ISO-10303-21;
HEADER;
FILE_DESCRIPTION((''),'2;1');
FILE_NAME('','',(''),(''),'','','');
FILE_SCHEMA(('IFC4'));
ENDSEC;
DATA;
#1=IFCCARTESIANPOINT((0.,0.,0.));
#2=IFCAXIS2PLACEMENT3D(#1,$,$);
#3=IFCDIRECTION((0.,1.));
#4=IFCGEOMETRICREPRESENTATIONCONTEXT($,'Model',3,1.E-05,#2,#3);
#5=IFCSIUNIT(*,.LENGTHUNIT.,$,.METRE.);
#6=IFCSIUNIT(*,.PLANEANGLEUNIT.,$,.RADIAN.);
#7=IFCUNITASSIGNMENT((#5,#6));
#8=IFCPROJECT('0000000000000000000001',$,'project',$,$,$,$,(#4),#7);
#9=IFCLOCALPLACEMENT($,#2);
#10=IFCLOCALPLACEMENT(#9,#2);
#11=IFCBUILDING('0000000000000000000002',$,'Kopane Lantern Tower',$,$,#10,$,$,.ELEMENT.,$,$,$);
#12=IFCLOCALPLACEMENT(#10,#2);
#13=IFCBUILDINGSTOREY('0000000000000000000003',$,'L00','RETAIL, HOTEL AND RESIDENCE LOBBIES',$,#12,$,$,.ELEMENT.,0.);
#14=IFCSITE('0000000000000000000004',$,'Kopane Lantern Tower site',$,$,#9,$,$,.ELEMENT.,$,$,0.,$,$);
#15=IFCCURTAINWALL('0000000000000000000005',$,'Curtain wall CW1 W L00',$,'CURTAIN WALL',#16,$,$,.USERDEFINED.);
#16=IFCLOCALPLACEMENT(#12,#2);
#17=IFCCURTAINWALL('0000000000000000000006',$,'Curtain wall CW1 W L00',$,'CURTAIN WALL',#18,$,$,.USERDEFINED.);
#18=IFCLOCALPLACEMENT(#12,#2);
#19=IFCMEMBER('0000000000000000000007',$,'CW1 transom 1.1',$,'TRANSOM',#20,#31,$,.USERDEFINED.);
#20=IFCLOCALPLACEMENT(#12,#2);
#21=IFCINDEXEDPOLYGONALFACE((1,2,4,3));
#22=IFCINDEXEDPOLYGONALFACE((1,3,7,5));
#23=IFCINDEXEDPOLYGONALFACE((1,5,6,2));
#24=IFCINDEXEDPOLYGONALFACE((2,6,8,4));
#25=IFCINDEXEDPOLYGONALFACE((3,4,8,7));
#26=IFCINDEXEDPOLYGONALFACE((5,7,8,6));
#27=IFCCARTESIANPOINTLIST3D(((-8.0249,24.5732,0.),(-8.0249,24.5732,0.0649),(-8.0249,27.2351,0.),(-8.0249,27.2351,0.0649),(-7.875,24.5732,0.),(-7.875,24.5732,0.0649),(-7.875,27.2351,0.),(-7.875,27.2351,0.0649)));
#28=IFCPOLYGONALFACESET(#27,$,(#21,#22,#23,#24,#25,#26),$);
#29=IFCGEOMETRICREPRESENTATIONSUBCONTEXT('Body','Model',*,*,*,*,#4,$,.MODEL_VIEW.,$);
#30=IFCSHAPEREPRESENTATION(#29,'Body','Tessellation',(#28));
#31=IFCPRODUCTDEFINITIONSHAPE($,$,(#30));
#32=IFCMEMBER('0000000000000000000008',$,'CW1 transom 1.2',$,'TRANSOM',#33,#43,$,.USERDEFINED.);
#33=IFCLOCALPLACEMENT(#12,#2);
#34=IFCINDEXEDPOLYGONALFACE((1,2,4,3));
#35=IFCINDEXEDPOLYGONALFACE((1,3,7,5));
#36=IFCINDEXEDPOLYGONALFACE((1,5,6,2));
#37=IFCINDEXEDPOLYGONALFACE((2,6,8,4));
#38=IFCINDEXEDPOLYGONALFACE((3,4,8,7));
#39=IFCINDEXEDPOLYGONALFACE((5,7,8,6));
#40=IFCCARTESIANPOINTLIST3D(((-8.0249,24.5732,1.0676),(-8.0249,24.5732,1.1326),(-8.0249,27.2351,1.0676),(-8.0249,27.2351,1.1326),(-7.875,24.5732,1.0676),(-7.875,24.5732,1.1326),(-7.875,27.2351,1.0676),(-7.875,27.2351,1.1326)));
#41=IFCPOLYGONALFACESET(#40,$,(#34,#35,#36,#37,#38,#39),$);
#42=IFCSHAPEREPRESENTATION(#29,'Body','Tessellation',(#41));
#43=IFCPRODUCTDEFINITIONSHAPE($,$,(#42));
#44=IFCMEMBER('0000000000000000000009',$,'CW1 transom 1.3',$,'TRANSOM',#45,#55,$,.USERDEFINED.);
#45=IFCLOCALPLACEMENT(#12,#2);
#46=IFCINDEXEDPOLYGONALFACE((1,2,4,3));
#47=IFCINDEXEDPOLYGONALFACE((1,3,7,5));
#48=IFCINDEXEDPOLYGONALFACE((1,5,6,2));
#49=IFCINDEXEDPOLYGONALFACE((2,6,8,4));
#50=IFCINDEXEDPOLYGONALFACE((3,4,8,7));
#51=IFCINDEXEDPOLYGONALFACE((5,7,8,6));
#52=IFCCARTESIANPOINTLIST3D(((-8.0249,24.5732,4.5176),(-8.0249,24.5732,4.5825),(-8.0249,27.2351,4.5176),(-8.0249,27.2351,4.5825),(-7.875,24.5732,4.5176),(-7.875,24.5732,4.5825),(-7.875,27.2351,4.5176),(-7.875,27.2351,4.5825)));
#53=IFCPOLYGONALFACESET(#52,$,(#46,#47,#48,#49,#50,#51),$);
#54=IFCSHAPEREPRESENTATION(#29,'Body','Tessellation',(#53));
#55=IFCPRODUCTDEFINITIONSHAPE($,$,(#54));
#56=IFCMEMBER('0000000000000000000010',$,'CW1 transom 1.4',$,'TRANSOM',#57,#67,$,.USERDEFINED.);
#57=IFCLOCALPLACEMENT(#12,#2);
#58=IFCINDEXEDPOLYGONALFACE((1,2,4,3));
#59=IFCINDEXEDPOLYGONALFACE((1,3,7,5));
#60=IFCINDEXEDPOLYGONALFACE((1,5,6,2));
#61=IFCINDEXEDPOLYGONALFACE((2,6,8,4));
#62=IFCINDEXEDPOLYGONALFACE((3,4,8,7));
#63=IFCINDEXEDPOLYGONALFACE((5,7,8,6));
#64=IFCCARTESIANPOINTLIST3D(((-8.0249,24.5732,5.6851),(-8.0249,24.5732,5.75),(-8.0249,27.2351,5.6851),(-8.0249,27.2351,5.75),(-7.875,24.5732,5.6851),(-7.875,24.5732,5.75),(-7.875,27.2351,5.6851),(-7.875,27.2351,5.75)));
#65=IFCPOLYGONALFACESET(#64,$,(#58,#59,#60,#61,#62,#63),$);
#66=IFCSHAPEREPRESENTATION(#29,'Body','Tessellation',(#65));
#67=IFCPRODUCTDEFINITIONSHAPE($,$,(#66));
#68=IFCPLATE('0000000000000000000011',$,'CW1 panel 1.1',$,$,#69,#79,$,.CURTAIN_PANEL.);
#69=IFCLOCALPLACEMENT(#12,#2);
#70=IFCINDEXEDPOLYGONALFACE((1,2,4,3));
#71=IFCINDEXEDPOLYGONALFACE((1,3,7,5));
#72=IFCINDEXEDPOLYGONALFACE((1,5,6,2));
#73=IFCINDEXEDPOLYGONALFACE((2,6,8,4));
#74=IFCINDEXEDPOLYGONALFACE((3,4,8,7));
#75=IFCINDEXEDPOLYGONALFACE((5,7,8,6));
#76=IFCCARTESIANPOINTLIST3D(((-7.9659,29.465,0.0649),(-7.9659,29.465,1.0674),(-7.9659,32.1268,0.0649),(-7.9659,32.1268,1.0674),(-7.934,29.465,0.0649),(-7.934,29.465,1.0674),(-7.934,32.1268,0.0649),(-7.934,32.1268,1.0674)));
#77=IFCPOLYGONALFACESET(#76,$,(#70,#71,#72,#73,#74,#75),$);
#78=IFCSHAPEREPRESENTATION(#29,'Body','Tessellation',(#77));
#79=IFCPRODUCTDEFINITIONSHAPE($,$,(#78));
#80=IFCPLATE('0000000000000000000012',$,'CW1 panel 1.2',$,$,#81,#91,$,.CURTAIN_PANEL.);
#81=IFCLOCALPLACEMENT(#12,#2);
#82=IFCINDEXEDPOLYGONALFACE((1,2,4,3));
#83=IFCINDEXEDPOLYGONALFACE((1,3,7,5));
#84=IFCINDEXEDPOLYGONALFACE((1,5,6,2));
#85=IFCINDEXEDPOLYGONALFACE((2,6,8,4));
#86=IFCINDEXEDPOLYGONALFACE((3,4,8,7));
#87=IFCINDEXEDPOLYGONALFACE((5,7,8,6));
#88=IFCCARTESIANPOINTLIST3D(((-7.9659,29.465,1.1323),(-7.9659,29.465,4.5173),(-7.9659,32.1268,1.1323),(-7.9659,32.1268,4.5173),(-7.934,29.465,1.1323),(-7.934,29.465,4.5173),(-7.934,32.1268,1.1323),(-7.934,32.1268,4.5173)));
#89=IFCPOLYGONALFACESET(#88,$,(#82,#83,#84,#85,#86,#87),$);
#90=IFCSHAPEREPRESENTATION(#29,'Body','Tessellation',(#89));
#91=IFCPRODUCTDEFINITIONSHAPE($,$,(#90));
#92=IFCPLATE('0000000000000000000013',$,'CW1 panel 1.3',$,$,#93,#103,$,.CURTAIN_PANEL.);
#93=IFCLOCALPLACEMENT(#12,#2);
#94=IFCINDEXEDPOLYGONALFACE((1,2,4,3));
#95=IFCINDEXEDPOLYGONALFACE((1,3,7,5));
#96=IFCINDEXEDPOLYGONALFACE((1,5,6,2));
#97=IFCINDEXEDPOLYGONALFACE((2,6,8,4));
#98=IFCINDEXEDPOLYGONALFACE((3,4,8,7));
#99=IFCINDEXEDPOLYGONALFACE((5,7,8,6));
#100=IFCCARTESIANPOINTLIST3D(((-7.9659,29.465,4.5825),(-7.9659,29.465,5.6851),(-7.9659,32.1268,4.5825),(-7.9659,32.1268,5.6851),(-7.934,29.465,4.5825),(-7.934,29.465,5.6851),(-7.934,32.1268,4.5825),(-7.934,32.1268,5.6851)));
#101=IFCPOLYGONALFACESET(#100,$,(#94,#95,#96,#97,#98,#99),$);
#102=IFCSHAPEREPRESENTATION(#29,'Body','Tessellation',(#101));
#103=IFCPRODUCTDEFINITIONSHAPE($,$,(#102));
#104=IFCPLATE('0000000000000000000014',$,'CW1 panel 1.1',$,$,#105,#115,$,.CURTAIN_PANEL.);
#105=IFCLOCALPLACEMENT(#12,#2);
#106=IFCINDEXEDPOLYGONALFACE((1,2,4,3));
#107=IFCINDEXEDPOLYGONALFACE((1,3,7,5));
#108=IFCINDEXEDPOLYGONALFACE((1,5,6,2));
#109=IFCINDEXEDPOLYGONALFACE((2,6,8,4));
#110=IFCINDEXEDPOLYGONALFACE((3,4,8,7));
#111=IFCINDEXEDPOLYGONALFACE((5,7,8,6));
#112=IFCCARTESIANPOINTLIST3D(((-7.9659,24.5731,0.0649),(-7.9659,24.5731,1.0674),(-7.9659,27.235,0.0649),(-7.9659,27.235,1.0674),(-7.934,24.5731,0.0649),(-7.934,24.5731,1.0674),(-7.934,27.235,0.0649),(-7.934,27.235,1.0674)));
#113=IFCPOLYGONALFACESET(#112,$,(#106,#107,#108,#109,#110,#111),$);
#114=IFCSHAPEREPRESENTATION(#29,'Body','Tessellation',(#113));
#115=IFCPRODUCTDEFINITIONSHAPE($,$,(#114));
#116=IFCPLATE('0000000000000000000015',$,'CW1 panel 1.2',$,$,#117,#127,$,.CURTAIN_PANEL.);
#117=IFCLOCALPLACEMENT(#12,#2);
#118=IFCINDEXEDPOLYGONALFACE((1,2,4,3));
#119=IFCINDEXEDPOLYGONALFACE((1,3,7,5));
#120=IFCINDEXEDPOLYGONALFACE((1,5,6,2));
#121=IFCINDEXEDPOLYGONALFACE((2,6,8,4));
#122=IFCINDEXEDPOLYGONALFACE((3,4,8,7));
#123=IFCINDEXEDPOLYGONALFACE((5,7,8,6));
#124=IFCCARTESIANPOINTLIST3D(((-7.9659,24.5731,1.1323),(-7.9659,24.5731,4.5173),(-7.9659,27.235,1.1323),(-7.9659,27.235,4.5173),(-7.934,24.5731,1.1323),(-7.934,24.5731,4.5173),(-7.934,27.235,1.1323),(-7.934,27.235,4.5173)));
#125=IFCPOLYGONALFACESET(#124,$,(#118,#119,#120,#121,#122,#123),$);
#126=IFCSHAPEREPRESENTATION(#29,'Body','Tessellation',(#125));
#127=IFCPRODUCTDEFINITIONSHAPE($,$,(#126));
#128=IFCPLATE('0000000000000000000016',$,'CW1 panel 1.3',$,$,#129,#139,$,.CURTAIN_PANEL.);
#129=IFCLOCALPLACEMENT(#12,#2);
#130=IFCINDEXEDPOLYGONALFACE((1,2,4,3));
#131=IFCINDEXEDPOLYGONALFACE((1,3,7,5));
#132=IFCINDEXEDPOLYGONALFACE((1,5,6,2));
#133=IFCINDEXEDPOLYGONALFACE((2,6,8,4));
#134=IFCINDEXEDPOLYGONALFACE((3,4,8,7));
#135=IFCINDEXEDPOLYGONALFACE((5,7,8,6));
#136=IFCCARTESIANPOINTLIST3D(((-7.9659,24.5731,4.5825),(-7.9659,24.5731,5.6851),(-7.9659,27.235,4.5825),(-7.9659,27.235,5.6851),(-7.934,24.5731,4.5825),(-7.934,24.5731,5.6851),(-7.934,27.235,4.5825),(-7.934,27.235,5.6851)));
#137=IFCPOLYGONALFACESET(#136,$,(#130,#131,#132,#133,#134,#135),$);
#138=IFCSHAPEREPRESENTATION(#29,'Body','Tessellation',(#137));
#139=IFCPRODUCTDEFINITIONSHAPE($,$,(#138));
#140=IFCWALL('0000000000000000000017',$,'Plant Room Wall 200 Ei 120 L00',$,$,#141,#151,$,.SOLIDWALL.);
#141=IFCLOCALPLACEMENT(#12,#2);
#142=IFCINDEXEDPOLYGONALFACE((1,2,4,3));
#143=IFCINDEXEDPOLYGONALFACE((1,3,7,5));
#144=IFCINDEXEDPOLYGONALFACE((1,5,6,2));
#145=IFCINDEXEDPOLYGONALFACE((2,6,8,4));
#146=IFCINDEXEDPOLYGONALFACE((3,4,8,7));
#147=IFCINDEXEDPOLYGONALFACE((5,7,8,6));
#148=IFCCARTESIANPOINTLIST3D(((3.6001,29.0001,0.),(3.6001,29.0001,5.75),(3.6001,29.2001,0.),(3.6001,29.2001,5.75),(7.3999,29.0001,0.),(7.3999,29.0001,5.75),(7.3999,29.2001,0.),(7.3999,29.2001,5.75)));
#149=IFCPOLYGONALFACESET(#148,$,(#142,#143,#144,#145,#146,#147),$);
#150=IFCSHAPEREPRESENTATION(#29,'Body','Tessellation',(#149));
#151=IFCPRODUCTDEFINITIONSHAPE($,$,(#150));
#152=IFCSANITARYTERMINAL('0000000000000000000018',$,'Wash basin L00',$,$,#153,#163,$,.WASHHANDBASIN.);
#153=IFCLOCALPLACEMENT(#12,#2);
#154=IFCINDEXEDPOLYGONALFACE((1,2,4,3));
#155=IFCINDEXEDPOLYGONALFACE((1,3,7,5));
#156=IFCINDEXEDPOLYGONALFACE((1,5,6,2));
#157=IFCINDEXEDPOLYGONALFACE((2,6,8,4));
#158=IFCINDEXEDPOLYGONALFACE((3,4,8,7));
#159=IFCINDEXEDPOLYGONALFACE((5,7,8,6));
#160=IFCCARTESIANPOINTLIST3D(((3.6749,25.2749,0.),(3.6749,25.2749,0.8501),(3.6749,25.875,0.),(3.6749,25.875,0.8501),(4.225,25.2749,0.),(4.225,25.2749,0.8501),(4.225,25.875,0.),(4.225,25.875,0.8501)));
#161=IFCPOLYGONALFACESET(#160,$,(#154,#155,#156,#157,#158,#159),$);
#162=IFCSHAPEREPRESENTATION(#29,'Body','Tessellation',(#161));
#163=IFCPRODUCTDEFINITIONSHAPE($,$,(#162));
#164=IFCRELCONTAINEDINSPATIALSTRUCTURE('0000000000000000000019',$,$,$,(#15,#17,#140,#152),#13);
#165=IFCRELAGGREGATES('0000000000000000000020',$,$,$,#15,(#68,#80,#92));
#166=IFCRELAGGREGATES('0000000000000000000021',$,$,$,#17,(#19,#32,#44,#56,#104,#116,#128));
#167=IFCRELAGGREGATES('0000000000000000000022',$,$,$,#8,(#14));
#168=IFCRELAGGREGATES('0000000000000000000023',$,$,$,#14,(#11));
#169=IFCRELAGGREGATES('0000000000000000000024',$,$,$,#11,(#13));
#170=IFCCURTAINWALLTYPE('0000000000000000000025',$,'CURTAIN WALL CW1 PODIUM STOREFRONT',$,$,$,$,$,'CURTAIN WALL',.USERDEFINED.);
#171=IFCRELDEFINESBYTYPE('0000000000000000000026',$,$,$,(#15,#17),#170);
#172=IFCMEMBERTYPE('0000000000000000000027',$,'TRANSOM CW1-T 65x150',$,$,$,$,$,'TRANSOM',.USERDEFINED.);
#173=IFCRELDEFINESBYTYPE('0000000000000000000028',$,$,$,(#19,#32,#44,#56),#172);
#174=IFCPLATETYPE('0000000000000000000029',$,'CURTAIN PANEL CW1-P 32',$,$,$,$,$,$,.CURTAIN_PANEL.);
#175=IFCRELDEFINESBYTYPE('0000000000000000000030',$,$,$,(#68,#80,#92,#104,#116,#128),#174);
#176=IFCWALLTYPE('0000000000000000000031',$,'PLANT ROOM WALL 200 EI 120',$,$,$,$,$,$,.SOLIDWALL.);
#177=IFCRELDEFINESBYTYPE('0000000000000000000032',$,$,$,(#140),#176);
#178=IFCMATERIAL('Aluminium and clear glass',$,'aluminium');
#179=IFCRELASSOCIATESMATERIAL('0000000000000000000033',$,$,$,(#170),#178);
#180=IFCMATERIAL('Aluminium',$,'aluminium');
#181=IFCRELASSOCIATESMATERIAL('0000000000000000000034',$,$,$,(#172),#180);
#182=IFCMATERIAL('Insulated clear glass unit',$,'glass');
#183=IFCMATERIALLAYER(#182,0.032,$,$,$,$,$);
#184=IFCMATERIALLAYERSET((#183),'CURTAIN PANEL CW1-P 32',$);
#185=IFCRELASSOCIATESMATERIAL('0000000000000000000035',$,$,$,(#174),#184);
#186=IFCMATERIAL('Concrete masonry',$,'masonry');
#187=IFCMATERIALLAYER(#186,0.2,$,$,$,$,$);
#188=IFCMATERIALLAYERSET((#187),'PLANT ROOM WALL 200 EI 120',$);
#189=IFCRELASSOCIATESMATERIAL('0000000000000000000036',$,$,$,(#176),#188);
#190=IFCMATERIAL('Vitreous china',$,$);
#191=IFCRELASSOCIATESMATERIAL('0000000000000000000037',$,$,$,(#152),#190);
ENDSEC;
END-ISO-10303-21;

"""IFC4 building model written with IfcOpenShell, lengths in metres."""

from ifc_helpers import new_model, si_unit, direction, frame, frame_2d, origin, origin_2d, place, context, subcontext, project, spatial, rectangle, extrude, material, layer, layer_set, material_profile, profile_set, type_object, element, aggregate, save


model = new_model("IFC4")

# Units and contexts
model_context = context("Model", 3, precision=1e-05, world=origin(), true_north=direction((0.0, 1.0)))
body_context = subcontext(model_context, "Body", "Model", "MODEL_VIEW")
ifc_project = project(units=[si_unit("LENGTHUNIT", "METRE"), si_unit("PLANEANGLEUNIT", "RADIAN")], contexts=[model_context])

# Site, building, storey
site_placement = place(None, origin())
site = spatial("IfcSite", under=ifc_project, at=site_placement, Name="Kopane Lantern Tower site", CompositionType="ELEMENT", RefElevation=0.0)
building_placement = place(site_placement, origin())
building = spatial("IfcBuilding", under=site, at=building_placement, Name="Kopane Lantern Tower", CompositionType="ELEMENT")
storey_placement = place(building_placement, origin())
storey = spatial("IfcBuildingStorey", under=building, at=storey_placement, Name="L00", Description="RETAIL, HOTEL AND RESIDENCE LOBBIES", CompositionType="ELEMENT", Elevation=0.0)

# Curtain wall
ifc_material_1 = material(Name="Aluminium and clear glass", Category="aluminium")
curtain_wall_type = type_object("IfcCurtainWallType", Name="CURTAIN WALL CW1 PODIUM STOREFRONT", ElementType="CURTAIN WALL", PredefinedType="USERDEFINED", material=ifc_material_1)
curtain_wall_1_placement = place(storey_placement, origin())
curtain_wall_1 = element("IfcCurtainWall", 1, at=curtain_wall_1_placement, inside=storey, type_object=curtain_wall_type, Name="Curtain wall CW1 W L00", ObjectType="CURTAIN WALL", PredefinedType="USERDEFINED")

# Curtain wall
curtain_wall_2_placement = place(storey_placement, origin())
curtain_wall_2 = element("IfcCurtainWall", 2, at=curtain_wall_2_placement, inside=storey, type_object=curtain_wall_type, Name="Curtain wall CW1 W L00", ObjectType="CURTAIN WALL", PredefinedType="USERDEFINED")

# Members
ifc_material_2 = material(Name="Aluminium", Category="aluminium")
ifc_material_profile_1 = material_profile(ifc_material_2, rectangle(XDim=0.1499, YDim=0.0649, at=origin_2d()), Name="AL 150x65")
ifc_profile_set_1 = profile_set([ifc_material_profile_1], Name="Aluminium")
member_type_1 = type_object("IfcMemberType", Name="TRANSOM CW1-T 65x150", ElementType="TRANSOM", PredefinedType="USERDEFINED", material=ifc_profile_set_1)
member_1_placement = place(storey_placement, frame((-7.95, 27.2351, 0.0325), z_axis=(0.0, -1.0, 0.0), x_axis=(1.0, 0.0, 0.0)))
member_1 = element("IfcMember", 3, at=member_1_placement, type_object=member_type_1, Name="CW1 transom 1.1", ObjectType="TRANSOM", PredefinedType="USERDEFINED", context=body_context, shape_type="SweptSolid", body=[
    extrude(rectangle(XDim=0.1499, YDim=0.0649, at=origin_2d()), origin(), (0.0, 0.0, 1.0), 2.6619),
])
member_2_placement = place(storey_placement, frame((-7.95, 27.2351, 1.1001), z_axis=(0.0, -1.0, 0.0), x_axis=(1.0, 0.0, 0.0)))
member_2 = element("IfcMember", 4, at=member_2_placement, type_object=member_type_1, Name="CW1 transom 1.2", ObjectType="TRANSOM", PredefinedType="USERDEFINED", context=body_context, shape_type="SweptSolid", body=[
    extrude(rectangle(XDim=0.1499, YDim=0.0649, at=origin_2d()), origin(), (0.0, 0.0, 1.0), 2.6619),
])
member_3_placement = place(storey_placement, frame((-7.95, 27.2351, 4.55), z_axis=(0.0, -1.0, 0.0), x_axis=(1.0, 0.0, 0.0)))
member_3 = element("IfcMember", 5, at=member_3_placement, type_object=member_type_1, Name="CW1 transom 1.3", ObjectType="TRANSOM", PredefinedType="USERDEFINED", context=body_context, shape_type="SweptSolid", body=[
    extrude(rectangle(XDim=0.1499, YDim=0.0649, at=origin_2d()), origin(), (0.0, 0.0, 1.0), 2.6619),
])
member_4_placement = place(storey_placement, frame((-7.95, 27.2351, 5.7175), z_axis=(0.0, -1.0, 0.0), x_axis=(1.0, 0.0, 0.0)))
member_4 = element("IfcMember", 6, at=member_4_placement, type_object=member_type_1, Name="CW1 transom 1.4", ObjectType="TRANSOM", PredefinedType="USERDEFINED", context=body_context, shape_type="SweptSolid", body=[
    extrude(rectangle(XDim=0.1499, YDim=0.0649, at=origin_2d()), origin(), (0.0, 0.0, 1.0), 2.6619),
])

# Plates
ifc_material_3 = material(Name="Insulated clear glass unit", Category="glass")
ifc_layer_1 = layer(ifc_material_3, 0.032)
ifc_layer_set_1 = layer_set([ifc_layer_1], Name="CURTAIN PANEL CW1-P 32")
plate_type = type_object("IfcPlateType", Name="CURTAIN PANEL CW1-P 32", PredefinedType="CURTAIN_PANEL", material=ifc_layer_set_1)
plate_1_placement = place(storey_placement, frame((-7.95, 30.7959, 0.0649), z_axis=(0.0, 0.0, 1.0), x_axis=(0.0, -1.0, 0.0)))
plate_1 = element("IfcPlate", 7, at=plate_1_placement, type_object=plate_type, Name="CW1 panel 1.1", PredefinedType="CURTAIN_PANEL", context=body_context, shape_type="SweptSolid", body=[
    extrude(rectangle(XDim=2.6619, YDim=0.032, at=origin_2d()), origin(), (0.0, 0.0, 1.0), 1.0024),
])
plate_2_placement = place(storey_placement, frame((-7.95, 30.7959, 1.1323), z_axis=(0.0, 0.0, 1.0), x_axis=(0.0, -1.0, 0.0)))
plate_2 = element("IfcPlate", 8, at=plate_2_placement, type_object=plate_type, Name="CW1 panel 1.2", PredefinedType="CURTAIN_PANEL", context=body_context, shape_type="SweptSolid", body=[
    extrude(rectangle(XDim=2.6619, YDim=0.032, at=origin_2d()), origin(), (0.0, 0.0, 1.0), 3.385),
])
plate_3_placement = place(storey_placement, frame((-7.95, 30.7959, 4.5825), z_axis=(0.0, 0.0, 1.0), x_axis=(0.0, -1.0, 0.0)))
plate_3 = element("IfcPlate", 9, at=plate_3_placement, type_object=plate_type, Name="CW1 panel 1.3", PredefinedType="CURTAIN_PANEL", context=body_context, shape_type="SweptSolid", body=[
    extrude(rectangle(XDim=2.6619, YDim=0.032, at=origin_2d()), origin(), (0.0, 0.0, 1.0), 1.1025),
])
aggregate(curtain_wall_1, [plate_1, plate_2, plate_3])
plate_4_placement = place(storey_placement, frame((-7.95, 25.9041, 0.0649), z_axis=(0.0, 0.0, 1.0), x_axis=(0.0, -1.0, 0.0)))
plate_4 = element("IfcPlate", 10, at=plate_4_placement, type_object=plate_type, Name="CW1 panel 1.1", PredefinedType="CURTAIN_PANEL", context=body_context, shape_type="SweptSolid", body=[
    extrude(rectangle(XDim=2.6619, YDim=0.032, at=origin_2d()), origin(), (0.0, 0.0, 1.0), 1.0024),
])
plate_5_placement = place(storey_placement, frame((-7.95, 25.9041, 1.1323), z_axis=(0.0, 0.0, 1.0), x_axis=(0.0, -1.0, 0.0)))
plate_5 = element("IfcPlate", 11, at=plate_5_placement, type_object=plate_type, Name="CW1 panel 1.2", PredefinedType="CURTAIN_PANEL", context=body_context, shape_type="SweptSolid", body=[
    extrude(rectangle(XDim=2.6619, YDim=0.032, at=origin_2d()), origin(), (0.0, 0.0, 1.0), 3.385),
])
plate_6_placement = place(storey_placement, frame((-7.95, 25.9041, 4.5825), z_axis=(0.0, 0.0, 1.0), x_axis=(0.0, -1.0, 0.0)))
plate_6 = element("IfcPlate", 12, at=plate_6_placement, type_object=plate_type, Name="CW1 panel 1.3", PredefinedType="CURTAIN_PANEL", context=body_context, shape_type="SweptSolid", body=[
    extrude(rectangle(XDim=2.6619, YDim=0.032, at=origin_2d()), origin(), (0.0, 0.0, 1.0), 1.1025),
])
aggregate(curtain_wall_2, [member_1, member_2, member_3, member_4, plate_4, plate_5, plate_6])

# Wall
ifc_material_4 = material(Name="Concrete masonry", Category="masonry")
ifc_layer_2 = layer(ifc_material_4, 0.2)
ifc_layer_set_2 = layer_set([ifc_layer_2], Name="PLANT ROOM WALL 200 EI 120")
wall_type_1 = type_object("IfcWallType", Name="PLANT ROOM WALL 200 EI 120", PredefinedType="SOLIDWALL", material=ifc_layer_set_2)
wall_1_placement = place(storey_placement, frame((3.6001, 29.1001, 0.0), z_axis=(0.0, 0.0, 1.0), x_axis=(1.0, 0.0, 0.0)))
element("IfcWall", 13, at=wall_1_placement, inside=storey, type_object=wall_type_1, Name="Plant Room Wall 200 Ei 120 L00", PredefinedType="SOLIDWALL", context=body_context, shape_type="SweptSolid", body=[
    extrude(rectangle(XDim=3.7998, YDim=0.2, at=frame_2d((1.8999, 0.0))), origin(), (0.0, 0.0, 1.0), 5.75),
])

# Sanitary terminal
ifc_material_5 = material(Name="Vitreous china")
sanitary_terminal_placement = place(storey_placement, frame((3.95, 25.575, 0.0), z_axis=(0.0, 0.0, 1.0), x_axis=(1.0, 0.0, 0.0)))
element("IfcSanitaryTerminal", 14, at=sanitary_terminal_placement, inside=storey, material=ifc_material_5, Name="Wash basin L00", PredefinedType="WASHHANDBASIN", context=body_context, shape_type="SweptSolid", body=[
    extrude(rectangle(XDim=0.55, YDim=0.6001, at=origin_2d()), origin(), (0.0, 0.0, 1.0), 0.8501),
])

save(model, "model.ifc")
